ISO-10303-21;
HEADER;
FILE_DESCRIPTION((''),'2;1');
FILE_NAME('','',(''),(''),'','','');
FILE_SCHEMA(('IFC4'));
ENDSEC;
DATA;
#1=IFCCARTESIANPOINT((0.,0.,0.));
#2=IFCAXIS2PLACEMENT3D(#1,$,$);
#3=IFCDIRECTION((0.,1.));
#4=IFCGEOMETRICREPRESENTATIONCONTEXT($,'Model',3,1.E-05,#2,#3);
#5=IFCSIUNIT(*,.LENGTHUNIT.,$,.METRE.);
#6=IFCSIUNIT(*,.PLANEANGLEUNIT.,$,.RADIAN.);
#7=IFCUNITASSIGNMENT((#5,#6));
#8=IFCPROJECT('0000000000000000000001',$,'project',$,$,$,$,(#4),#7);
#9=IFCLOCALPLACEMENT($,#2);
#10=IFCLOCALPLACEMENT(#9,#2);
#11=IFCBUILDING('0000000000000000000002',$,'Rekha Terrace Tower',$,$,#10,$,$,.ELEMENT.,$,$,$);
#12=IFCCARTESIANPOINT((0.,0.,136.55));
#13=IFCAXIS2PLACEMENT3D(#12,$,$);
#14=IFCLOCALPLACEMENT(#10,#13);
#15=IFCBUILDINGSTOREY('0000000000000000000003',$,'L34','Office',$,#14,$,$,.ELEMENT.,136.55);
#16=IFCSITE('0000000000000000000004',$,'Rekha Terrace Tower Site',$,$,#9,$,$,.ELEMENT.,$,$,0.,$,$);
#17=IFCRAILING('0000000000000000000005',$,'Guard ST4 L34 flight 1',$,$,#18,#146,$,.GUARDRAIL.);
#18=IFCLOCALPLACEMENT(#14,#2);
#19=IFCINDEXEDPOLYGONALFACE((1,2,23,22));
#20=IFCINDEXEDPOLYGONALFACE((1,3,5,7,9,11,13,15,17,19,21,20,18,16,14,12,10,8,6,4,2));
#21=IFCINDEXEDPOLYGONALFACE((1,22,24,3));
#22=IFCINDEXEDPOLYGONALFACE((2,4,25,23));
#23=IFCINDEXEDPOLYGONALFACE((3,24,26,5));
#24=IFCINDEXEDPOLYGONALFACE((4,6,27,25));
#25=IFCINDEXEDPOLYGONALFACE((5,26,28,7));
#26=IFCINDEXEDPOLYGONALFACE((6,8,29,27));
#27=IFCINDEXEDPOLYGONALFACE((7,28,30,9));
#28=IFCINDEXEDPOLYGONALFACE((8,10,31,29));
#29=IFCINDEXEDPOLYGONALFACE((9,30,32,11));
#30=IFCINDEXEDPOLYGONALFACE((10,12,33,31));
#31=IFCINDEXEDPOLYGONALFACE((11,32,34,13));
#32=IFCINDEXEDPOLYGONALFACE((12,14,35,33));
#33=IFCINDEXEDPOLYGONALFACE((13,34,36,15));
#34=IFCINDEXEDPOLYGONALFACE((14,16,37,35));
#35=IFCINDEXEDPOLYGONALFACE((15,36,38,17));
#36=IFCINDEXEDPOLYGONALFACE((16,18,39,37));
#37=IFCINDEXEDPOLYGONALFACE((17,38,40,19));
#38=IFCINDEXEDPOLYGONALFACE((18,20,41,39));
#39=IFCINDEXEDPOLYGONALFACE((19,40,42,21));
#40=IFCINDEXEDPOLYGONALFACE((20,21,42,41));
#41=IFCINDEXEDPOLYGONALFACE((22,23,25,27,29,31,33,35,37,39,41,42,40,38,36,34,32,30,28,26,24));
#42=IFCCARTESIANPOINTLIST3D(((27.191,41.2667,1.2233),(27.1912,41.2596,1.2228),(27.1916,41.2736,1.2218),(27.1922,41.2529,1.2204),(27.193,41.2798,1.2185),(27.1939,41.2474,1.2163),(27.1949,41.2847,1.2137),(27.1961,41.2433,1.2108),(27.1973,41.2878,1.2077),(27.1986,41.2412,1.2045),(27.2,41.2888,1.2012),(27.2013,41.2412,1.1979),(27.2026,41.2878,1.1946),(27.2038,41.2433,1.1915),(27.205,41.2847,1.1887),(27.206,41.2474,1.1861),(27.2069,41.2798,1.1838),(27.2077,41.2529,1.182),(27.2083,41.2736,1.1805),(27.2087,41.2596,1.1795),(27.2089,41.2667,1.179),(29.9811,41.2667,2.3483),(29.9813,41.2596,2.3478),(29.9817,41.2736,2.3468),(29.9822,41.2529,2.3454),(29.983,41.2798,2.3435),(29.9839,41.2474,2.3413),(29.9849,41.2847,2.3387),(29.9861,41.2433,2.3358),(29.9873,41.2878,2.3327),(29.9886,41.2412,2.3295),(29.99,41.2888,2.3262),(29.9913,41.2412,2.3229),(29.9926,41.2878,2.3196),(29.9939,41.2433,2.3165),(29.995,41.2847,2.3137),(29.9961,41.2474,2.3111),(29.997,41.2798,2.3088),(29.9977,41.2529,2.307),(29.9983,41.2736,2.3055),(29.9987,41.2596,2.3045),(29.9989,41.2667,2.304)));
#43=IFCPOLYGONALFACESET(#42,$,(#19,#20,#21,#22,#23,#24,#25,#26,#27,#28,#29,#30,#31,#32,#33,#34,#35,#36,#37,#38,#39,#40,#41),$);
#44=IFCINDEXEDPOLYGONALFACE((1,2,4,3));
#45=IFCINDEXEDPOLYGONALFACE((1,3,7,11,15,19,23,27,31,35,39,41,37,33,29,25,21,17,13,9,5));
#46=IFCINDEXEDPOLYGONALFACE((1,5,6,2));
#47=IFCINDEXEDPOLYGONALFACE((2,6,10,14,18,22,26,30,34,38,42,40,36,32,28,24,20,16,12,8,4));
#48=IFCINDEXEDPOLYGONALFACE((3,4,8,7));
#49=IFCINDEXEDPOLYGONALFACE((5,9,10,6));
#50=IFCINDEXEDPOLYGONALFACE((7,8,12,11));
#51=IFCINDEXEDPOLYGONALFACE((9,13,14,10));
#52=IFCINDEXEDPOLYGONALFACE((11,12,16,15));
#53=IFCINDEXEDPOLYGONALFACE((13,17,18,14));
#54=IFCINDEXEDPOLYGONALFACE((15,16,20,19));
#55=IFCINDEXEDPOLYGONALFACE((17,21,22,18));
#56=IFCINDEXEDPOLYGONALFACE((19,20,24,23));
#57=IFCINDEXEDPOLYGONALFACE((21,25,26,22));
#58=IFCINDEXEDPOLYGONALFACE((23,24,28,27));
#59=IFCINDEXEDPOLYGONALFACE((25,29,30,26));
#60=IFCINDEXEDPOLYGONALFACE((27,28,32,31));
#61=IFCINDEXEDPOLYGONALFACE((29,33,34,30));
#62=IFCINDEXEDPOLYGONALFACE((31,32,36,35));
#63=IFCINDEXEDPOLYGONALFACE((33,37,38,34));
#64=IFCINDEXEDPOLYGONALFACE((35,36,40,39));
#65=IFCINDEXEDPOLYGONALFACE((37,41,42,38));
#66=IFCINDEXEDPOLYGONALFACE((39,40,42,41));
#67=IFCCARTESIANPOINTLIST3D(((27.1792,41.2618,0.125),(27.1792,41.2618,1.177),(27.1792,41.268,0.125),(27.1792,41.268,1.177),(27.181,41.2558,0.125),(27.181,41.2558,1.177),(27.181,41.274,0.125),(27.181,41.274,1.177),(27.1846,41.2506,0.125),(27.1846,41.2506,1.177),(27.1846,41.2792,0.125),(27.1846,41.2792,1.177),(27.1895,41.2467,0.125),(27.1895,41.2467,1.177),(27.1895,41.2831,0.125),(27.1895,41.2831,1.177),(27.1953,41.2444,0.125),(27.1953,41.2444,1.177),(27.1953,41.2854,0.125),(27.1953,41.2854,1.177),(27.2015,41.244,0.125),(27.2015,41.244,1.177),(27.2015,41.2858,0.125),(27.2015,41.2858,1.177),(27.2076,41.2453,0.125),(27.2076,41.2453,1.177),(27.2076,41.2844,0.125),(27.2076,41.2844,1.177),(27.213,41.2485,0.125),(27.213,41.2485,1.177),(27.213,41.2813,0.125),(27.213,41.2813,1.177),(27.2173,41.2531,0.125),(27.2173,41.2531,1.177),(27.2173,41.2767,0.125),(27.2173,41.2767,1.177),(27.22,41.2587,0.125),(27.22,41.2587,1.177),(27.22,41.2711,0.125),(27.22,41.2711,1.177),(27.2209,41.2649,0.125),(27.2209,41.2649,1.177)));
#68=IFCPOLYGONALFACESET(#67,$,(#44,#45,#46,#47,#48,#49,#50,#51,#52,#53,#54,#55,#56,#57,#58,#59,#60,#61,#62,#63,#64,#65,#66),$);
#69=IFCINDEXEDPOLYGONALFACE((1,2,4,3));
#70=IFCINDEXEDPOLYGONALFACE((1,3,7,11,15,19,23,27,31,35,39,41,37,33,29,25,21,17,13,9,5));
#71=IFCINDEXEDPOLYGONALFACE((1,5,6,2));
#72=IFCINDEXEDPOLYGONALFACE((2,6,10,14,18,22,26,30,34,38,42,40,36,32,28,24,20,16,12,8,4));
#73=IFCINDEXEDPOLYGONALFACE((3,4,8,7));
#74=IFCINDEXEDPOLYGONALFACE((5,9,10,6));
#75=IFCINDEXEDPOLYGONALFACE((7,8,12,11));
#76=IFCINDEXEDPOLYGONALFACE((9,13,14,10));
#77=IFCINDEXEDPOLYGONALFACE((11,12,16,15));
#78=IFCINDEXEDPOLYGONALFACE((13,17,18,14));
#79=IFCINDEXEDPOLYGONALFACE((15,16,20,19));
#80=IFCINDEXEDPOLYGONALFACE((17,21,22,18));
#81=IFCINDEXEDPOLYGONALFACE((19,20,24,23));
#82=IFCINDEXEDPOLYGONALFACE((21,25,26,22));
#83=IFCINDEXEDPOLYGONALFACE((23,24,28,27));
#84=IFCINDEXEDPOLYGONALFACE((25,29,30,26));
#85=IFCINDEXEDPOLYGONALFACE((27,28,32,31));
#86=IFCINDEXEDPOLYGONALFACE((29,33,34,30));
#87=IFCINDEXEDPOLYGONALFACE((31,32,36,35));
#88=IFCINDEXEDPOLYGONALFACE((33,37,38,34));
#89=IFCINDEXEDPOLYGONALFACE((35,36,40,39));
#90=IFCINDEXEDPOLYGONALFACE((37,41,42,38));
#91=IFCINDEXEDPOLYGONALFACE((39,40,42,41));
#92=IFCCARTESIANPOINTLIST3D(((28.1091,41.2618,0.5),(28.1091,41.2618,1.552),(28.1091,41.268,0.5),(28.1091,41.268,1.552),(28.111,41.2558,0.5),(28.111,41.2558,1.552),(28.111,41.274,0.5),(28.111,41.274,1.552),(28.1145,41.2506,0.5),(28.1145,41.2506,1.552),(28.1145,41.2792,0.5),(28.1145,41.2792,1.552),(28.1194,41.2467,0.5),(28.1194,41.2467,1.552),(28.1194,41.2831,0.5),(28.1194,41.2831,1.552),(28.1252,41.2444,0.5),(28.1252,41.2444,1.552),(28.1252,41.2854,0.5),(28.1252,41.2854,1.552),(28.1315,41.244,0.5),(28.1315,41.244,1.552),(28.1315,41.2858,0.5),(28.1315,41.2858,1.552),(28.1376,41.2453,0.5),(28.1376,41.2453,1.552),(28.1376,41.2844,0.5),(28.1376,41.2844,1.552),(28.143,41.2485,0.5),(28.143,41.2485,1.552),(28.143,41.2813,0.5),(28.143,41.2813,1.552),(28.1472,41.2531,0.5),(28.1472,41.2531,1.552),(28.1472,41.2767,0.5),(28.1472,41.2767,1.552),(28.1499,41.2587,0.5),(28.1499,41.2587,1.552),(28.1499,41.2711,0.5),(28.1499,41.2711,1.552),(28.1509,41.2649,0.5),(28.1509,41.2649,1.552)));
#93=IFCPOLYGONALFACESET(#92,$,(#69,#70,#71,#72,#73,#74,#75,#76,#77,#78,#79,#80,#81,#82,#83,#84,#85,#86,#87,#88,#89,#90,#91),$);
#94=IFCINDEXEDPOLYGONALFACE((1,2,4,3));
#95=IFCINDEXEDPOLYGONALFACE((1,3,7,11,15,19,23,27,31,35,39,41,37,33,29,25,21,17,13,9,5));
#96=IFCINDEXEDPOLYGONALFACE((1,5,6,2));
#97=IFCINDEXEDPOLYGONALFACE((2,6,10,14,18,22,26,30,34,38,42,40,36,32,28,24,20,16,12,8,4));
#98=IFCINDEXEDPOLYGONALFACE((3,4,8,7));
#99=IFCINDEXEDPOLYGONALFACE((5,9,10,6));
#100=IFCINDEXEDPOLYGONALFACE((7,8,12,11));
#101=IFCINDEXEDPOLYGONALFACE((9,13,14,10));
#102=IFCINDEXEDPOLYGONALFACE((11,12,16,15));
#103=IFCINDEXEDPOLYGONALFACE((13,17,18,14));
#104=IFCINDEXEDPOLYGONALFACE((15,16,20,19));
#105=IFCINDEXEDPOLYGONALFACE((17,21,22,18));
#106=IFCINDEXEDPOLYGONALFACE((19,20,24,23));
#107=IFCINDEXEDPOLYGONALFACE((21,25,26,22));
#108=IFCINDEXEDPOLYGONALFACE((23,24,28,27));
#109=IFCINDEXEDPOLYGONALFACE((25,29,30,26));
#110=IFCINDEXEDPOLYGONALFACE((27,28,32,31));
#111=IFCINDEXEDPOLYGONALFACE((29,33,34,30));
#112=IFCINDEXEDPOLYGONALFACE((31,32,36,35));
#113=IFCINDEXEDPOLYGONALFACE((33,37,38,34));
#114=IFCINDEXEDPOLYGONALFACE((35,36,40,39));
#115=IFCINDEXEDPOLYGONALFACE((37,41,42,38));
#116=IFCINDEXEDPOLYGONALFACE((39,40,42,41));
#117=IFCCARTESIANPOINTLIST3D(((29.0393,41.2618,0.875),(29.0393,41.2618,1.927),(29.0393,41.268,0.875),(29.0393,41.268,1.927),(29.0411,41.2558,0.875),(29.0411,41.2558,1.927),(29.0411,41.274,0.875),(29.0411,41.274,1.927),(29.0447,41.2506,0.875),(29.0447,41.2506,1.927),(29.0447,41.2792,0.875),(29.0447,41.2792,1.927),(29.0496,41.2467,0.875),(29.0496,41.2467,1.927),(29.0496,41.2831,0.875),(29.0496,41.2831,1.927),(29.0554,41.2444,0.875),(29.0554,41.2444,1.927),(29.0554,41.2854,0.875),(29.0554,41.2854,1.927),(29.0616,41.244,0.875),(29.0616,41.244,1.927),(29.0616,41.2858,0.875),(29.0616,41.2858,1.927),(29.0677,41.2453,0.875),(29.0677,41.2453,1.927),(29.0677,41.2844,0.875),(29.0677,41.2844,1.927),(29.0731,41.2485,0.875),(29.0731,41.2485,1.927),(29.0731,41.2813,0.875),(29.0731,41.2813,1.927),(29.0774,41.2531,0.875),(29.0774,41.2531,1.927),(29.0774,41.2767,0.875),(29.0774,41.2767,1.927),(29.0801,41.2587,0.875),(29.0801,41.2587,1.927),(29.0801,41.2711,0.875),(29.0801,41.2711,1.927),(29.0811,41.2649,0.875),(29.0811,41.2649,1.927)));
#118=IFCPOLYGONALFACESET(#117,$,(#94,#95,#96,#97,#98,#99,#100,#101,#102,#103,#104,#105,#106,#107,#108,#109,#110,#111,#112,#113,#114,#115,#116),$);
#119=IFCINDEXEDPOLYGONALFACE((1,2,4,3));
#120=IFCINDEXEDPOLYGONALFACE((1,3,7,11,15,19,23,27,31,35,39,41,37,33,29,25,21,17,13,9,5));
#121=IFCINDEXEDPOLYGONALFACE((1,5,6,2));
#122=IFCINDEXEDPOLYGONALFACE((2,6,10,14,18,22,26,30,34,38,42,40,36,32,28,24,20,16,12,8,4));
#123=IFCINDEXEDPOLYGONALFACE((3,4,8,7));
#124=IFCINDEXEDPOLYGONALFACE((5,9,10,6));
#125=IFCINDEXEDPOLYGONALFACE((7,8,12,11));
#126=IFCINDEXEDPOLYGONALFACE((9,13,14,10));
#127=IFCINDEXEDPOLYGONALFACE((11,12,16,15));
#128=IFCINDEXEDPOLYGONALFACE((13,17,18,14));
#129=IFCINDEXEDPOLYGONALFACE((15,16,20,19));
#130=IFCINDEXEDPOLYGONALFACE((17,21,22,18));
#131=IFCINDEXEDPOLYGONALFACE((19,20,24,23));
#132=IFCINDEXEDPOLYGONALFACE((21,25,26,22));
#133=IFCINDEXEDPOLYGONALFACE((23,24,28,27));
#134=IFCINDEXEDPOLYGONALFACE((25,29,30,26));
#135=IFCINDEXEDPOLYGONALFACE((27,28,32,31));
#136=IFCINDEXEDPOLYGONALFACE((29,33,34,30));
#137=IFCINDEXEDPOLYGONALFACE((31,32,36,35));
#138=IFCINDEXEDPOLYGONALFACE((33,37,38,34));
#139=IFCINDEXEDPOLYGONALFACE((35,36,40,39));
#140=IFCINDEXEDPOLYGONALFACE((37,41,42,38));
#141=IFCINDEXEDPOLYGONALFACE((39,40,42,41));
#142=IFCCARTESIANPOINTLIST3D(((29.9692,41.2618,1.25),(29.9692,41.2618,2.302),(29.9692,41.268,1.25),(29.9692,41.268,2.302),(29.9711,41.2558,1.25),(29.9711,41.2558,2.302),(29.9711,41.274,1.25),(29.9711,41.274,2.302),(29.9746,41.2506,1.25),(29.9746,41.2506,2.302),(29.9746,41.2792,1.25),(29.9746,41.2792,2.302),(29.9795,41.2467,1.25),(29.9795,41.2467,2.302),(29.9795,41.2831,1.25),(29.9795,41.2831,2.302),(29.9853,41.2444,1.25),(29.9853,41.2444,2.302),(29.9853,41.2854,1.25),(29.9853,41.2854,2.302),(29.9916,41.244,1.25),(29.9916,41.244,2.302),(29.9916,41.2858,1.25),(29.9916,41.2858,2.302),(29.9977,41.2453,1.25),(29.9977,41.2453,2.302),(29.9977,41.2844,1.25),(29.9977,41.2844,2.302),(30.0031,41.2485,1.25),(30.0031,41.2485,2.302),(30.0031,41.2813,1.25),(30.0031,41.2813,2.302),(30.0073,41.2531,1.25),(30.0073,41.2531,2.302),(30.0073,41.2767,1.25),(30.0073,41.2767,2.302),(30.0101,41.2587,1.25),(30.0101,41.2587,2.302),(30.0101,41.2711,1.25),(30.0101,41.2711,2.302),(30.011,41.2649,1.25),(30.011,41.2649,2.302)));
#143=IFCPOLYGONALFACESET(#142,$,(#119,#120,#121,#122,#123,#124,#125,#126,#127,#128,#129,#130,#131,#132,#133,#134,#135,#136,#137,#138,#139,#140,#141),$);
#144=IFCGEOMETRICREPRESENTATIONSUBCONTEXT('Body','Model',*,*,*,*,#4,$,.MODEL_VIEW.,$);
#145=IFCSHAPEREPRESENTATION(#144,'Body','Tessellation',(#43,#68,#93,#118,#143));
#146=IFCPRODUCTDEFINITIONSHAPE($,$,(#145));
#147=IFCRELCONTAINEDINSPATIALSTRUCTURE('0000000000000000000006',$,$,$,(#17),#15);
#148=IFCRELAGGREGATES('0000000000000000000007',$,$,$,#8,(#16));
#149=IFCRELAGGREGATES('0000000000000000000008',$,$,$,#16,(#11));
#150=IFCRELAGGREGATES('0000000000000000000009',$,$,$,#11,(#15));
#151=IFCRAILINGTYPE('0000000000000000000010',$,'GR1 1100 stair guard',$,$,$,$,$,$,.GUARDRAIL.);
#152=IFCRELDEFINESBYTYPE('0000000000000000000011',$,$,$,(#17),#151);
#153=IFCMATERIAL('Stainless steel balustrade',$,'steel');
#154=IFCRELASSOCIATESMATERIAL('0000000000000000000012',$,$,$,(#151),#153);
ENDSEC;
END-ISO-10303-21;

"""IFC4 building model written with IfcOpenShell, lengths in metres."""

from ifc_helpers import new_model, si_unit, direction, frame, origin, origin_2d, place, context, subcontext, project, spatial, circle, extrude, material, type_object, element, save


model = new_model("IFC4")

# Units and contexts
model_context = context("Model", 3, precision=1e-05, world=origin(), true_north=direction((0.0, 1.0)))
body_context = subcontext(model_context, "Body", "Model", "MODEL_VIEW")
ifc_project = project(units=[si_unit("LENGTHUNIT", "METRE"), si_unit("PLANEANGLEUNIT", "RADIAN")], contexts=[model_context])

# Site, building, storey
site_placement = place(None, origin())
site = spatial("IfcSite", under=ifc_project, at=site_placement, Name="Rekha Terrace Tower Site", CompositionType="ELEMENT", RefElevation=0.0)
building_placement = place(site_placement, origin())
building = spatial("IfcBuilding", under=site, at=building_placement, Name="Rekha Terrace Tower", CompositionType="ELEMENT")
storey_placement = place(building_placement, frame((0.0, 0.0, 136.55)))
storey = spatial("IfcBuildingStorey", under=building, at=storey_placement, Name="L34", Description="Office", CompositionType="ELEMENT", Elevation=136.55)

# Railing
ifc_material_1 = material(Name="Stainless steel balustrade", Category="steel")
railing_type_1 = type_object("IfcRailingType", Name="GR1 1100 stair guard", PredefinedType="GUARDRAIL", material=ifc_material_1)
railing_1_placement = place(storey_placement, frame((27.2, 41.2649, 0.125)))
element("IfcRailing", 1, at=railing_1_placement, inside=storey, type_object=railing_type_1, Name="Guard ST4 L34 flight 1", PredefinedType="GUARDRAIL", context=body_context, shape_type="SweptSolid", body=[
    extrude(circle(Radius=0.0239, at=origin_2d()), frame((0.0, 0.0, 1.0762), z_axis=(0.927443, 0.0, 0.373964), x_axis=(0.0, 1.0, 0.0)), (0.0, 0.0, 1.0), 3.0083),
    extrude(circle(Radius=0.021, at=origin_2d()), origin(), (0.0, 0.0, 1.0), 1.052),
    extrude(circle(Radius=0.021, at=origin_2d()), frame((0.9299, 0.0, 0.375)), (0.0, 0.0, 1.0), 1.052),
    extrude(circle(Radius=0.021, at=origin_2d()), frame((1.8601, 0.0, 0.75)), (0.0, 0.0, 1.0), 1.052),
    extrude(circle(Radius=0.021, at=origin_2d()), frame((2.79, 0.0, 1.125)), (0.0, 0.0, 1.0), 1.052),
])

save(model, "model.ifc")
